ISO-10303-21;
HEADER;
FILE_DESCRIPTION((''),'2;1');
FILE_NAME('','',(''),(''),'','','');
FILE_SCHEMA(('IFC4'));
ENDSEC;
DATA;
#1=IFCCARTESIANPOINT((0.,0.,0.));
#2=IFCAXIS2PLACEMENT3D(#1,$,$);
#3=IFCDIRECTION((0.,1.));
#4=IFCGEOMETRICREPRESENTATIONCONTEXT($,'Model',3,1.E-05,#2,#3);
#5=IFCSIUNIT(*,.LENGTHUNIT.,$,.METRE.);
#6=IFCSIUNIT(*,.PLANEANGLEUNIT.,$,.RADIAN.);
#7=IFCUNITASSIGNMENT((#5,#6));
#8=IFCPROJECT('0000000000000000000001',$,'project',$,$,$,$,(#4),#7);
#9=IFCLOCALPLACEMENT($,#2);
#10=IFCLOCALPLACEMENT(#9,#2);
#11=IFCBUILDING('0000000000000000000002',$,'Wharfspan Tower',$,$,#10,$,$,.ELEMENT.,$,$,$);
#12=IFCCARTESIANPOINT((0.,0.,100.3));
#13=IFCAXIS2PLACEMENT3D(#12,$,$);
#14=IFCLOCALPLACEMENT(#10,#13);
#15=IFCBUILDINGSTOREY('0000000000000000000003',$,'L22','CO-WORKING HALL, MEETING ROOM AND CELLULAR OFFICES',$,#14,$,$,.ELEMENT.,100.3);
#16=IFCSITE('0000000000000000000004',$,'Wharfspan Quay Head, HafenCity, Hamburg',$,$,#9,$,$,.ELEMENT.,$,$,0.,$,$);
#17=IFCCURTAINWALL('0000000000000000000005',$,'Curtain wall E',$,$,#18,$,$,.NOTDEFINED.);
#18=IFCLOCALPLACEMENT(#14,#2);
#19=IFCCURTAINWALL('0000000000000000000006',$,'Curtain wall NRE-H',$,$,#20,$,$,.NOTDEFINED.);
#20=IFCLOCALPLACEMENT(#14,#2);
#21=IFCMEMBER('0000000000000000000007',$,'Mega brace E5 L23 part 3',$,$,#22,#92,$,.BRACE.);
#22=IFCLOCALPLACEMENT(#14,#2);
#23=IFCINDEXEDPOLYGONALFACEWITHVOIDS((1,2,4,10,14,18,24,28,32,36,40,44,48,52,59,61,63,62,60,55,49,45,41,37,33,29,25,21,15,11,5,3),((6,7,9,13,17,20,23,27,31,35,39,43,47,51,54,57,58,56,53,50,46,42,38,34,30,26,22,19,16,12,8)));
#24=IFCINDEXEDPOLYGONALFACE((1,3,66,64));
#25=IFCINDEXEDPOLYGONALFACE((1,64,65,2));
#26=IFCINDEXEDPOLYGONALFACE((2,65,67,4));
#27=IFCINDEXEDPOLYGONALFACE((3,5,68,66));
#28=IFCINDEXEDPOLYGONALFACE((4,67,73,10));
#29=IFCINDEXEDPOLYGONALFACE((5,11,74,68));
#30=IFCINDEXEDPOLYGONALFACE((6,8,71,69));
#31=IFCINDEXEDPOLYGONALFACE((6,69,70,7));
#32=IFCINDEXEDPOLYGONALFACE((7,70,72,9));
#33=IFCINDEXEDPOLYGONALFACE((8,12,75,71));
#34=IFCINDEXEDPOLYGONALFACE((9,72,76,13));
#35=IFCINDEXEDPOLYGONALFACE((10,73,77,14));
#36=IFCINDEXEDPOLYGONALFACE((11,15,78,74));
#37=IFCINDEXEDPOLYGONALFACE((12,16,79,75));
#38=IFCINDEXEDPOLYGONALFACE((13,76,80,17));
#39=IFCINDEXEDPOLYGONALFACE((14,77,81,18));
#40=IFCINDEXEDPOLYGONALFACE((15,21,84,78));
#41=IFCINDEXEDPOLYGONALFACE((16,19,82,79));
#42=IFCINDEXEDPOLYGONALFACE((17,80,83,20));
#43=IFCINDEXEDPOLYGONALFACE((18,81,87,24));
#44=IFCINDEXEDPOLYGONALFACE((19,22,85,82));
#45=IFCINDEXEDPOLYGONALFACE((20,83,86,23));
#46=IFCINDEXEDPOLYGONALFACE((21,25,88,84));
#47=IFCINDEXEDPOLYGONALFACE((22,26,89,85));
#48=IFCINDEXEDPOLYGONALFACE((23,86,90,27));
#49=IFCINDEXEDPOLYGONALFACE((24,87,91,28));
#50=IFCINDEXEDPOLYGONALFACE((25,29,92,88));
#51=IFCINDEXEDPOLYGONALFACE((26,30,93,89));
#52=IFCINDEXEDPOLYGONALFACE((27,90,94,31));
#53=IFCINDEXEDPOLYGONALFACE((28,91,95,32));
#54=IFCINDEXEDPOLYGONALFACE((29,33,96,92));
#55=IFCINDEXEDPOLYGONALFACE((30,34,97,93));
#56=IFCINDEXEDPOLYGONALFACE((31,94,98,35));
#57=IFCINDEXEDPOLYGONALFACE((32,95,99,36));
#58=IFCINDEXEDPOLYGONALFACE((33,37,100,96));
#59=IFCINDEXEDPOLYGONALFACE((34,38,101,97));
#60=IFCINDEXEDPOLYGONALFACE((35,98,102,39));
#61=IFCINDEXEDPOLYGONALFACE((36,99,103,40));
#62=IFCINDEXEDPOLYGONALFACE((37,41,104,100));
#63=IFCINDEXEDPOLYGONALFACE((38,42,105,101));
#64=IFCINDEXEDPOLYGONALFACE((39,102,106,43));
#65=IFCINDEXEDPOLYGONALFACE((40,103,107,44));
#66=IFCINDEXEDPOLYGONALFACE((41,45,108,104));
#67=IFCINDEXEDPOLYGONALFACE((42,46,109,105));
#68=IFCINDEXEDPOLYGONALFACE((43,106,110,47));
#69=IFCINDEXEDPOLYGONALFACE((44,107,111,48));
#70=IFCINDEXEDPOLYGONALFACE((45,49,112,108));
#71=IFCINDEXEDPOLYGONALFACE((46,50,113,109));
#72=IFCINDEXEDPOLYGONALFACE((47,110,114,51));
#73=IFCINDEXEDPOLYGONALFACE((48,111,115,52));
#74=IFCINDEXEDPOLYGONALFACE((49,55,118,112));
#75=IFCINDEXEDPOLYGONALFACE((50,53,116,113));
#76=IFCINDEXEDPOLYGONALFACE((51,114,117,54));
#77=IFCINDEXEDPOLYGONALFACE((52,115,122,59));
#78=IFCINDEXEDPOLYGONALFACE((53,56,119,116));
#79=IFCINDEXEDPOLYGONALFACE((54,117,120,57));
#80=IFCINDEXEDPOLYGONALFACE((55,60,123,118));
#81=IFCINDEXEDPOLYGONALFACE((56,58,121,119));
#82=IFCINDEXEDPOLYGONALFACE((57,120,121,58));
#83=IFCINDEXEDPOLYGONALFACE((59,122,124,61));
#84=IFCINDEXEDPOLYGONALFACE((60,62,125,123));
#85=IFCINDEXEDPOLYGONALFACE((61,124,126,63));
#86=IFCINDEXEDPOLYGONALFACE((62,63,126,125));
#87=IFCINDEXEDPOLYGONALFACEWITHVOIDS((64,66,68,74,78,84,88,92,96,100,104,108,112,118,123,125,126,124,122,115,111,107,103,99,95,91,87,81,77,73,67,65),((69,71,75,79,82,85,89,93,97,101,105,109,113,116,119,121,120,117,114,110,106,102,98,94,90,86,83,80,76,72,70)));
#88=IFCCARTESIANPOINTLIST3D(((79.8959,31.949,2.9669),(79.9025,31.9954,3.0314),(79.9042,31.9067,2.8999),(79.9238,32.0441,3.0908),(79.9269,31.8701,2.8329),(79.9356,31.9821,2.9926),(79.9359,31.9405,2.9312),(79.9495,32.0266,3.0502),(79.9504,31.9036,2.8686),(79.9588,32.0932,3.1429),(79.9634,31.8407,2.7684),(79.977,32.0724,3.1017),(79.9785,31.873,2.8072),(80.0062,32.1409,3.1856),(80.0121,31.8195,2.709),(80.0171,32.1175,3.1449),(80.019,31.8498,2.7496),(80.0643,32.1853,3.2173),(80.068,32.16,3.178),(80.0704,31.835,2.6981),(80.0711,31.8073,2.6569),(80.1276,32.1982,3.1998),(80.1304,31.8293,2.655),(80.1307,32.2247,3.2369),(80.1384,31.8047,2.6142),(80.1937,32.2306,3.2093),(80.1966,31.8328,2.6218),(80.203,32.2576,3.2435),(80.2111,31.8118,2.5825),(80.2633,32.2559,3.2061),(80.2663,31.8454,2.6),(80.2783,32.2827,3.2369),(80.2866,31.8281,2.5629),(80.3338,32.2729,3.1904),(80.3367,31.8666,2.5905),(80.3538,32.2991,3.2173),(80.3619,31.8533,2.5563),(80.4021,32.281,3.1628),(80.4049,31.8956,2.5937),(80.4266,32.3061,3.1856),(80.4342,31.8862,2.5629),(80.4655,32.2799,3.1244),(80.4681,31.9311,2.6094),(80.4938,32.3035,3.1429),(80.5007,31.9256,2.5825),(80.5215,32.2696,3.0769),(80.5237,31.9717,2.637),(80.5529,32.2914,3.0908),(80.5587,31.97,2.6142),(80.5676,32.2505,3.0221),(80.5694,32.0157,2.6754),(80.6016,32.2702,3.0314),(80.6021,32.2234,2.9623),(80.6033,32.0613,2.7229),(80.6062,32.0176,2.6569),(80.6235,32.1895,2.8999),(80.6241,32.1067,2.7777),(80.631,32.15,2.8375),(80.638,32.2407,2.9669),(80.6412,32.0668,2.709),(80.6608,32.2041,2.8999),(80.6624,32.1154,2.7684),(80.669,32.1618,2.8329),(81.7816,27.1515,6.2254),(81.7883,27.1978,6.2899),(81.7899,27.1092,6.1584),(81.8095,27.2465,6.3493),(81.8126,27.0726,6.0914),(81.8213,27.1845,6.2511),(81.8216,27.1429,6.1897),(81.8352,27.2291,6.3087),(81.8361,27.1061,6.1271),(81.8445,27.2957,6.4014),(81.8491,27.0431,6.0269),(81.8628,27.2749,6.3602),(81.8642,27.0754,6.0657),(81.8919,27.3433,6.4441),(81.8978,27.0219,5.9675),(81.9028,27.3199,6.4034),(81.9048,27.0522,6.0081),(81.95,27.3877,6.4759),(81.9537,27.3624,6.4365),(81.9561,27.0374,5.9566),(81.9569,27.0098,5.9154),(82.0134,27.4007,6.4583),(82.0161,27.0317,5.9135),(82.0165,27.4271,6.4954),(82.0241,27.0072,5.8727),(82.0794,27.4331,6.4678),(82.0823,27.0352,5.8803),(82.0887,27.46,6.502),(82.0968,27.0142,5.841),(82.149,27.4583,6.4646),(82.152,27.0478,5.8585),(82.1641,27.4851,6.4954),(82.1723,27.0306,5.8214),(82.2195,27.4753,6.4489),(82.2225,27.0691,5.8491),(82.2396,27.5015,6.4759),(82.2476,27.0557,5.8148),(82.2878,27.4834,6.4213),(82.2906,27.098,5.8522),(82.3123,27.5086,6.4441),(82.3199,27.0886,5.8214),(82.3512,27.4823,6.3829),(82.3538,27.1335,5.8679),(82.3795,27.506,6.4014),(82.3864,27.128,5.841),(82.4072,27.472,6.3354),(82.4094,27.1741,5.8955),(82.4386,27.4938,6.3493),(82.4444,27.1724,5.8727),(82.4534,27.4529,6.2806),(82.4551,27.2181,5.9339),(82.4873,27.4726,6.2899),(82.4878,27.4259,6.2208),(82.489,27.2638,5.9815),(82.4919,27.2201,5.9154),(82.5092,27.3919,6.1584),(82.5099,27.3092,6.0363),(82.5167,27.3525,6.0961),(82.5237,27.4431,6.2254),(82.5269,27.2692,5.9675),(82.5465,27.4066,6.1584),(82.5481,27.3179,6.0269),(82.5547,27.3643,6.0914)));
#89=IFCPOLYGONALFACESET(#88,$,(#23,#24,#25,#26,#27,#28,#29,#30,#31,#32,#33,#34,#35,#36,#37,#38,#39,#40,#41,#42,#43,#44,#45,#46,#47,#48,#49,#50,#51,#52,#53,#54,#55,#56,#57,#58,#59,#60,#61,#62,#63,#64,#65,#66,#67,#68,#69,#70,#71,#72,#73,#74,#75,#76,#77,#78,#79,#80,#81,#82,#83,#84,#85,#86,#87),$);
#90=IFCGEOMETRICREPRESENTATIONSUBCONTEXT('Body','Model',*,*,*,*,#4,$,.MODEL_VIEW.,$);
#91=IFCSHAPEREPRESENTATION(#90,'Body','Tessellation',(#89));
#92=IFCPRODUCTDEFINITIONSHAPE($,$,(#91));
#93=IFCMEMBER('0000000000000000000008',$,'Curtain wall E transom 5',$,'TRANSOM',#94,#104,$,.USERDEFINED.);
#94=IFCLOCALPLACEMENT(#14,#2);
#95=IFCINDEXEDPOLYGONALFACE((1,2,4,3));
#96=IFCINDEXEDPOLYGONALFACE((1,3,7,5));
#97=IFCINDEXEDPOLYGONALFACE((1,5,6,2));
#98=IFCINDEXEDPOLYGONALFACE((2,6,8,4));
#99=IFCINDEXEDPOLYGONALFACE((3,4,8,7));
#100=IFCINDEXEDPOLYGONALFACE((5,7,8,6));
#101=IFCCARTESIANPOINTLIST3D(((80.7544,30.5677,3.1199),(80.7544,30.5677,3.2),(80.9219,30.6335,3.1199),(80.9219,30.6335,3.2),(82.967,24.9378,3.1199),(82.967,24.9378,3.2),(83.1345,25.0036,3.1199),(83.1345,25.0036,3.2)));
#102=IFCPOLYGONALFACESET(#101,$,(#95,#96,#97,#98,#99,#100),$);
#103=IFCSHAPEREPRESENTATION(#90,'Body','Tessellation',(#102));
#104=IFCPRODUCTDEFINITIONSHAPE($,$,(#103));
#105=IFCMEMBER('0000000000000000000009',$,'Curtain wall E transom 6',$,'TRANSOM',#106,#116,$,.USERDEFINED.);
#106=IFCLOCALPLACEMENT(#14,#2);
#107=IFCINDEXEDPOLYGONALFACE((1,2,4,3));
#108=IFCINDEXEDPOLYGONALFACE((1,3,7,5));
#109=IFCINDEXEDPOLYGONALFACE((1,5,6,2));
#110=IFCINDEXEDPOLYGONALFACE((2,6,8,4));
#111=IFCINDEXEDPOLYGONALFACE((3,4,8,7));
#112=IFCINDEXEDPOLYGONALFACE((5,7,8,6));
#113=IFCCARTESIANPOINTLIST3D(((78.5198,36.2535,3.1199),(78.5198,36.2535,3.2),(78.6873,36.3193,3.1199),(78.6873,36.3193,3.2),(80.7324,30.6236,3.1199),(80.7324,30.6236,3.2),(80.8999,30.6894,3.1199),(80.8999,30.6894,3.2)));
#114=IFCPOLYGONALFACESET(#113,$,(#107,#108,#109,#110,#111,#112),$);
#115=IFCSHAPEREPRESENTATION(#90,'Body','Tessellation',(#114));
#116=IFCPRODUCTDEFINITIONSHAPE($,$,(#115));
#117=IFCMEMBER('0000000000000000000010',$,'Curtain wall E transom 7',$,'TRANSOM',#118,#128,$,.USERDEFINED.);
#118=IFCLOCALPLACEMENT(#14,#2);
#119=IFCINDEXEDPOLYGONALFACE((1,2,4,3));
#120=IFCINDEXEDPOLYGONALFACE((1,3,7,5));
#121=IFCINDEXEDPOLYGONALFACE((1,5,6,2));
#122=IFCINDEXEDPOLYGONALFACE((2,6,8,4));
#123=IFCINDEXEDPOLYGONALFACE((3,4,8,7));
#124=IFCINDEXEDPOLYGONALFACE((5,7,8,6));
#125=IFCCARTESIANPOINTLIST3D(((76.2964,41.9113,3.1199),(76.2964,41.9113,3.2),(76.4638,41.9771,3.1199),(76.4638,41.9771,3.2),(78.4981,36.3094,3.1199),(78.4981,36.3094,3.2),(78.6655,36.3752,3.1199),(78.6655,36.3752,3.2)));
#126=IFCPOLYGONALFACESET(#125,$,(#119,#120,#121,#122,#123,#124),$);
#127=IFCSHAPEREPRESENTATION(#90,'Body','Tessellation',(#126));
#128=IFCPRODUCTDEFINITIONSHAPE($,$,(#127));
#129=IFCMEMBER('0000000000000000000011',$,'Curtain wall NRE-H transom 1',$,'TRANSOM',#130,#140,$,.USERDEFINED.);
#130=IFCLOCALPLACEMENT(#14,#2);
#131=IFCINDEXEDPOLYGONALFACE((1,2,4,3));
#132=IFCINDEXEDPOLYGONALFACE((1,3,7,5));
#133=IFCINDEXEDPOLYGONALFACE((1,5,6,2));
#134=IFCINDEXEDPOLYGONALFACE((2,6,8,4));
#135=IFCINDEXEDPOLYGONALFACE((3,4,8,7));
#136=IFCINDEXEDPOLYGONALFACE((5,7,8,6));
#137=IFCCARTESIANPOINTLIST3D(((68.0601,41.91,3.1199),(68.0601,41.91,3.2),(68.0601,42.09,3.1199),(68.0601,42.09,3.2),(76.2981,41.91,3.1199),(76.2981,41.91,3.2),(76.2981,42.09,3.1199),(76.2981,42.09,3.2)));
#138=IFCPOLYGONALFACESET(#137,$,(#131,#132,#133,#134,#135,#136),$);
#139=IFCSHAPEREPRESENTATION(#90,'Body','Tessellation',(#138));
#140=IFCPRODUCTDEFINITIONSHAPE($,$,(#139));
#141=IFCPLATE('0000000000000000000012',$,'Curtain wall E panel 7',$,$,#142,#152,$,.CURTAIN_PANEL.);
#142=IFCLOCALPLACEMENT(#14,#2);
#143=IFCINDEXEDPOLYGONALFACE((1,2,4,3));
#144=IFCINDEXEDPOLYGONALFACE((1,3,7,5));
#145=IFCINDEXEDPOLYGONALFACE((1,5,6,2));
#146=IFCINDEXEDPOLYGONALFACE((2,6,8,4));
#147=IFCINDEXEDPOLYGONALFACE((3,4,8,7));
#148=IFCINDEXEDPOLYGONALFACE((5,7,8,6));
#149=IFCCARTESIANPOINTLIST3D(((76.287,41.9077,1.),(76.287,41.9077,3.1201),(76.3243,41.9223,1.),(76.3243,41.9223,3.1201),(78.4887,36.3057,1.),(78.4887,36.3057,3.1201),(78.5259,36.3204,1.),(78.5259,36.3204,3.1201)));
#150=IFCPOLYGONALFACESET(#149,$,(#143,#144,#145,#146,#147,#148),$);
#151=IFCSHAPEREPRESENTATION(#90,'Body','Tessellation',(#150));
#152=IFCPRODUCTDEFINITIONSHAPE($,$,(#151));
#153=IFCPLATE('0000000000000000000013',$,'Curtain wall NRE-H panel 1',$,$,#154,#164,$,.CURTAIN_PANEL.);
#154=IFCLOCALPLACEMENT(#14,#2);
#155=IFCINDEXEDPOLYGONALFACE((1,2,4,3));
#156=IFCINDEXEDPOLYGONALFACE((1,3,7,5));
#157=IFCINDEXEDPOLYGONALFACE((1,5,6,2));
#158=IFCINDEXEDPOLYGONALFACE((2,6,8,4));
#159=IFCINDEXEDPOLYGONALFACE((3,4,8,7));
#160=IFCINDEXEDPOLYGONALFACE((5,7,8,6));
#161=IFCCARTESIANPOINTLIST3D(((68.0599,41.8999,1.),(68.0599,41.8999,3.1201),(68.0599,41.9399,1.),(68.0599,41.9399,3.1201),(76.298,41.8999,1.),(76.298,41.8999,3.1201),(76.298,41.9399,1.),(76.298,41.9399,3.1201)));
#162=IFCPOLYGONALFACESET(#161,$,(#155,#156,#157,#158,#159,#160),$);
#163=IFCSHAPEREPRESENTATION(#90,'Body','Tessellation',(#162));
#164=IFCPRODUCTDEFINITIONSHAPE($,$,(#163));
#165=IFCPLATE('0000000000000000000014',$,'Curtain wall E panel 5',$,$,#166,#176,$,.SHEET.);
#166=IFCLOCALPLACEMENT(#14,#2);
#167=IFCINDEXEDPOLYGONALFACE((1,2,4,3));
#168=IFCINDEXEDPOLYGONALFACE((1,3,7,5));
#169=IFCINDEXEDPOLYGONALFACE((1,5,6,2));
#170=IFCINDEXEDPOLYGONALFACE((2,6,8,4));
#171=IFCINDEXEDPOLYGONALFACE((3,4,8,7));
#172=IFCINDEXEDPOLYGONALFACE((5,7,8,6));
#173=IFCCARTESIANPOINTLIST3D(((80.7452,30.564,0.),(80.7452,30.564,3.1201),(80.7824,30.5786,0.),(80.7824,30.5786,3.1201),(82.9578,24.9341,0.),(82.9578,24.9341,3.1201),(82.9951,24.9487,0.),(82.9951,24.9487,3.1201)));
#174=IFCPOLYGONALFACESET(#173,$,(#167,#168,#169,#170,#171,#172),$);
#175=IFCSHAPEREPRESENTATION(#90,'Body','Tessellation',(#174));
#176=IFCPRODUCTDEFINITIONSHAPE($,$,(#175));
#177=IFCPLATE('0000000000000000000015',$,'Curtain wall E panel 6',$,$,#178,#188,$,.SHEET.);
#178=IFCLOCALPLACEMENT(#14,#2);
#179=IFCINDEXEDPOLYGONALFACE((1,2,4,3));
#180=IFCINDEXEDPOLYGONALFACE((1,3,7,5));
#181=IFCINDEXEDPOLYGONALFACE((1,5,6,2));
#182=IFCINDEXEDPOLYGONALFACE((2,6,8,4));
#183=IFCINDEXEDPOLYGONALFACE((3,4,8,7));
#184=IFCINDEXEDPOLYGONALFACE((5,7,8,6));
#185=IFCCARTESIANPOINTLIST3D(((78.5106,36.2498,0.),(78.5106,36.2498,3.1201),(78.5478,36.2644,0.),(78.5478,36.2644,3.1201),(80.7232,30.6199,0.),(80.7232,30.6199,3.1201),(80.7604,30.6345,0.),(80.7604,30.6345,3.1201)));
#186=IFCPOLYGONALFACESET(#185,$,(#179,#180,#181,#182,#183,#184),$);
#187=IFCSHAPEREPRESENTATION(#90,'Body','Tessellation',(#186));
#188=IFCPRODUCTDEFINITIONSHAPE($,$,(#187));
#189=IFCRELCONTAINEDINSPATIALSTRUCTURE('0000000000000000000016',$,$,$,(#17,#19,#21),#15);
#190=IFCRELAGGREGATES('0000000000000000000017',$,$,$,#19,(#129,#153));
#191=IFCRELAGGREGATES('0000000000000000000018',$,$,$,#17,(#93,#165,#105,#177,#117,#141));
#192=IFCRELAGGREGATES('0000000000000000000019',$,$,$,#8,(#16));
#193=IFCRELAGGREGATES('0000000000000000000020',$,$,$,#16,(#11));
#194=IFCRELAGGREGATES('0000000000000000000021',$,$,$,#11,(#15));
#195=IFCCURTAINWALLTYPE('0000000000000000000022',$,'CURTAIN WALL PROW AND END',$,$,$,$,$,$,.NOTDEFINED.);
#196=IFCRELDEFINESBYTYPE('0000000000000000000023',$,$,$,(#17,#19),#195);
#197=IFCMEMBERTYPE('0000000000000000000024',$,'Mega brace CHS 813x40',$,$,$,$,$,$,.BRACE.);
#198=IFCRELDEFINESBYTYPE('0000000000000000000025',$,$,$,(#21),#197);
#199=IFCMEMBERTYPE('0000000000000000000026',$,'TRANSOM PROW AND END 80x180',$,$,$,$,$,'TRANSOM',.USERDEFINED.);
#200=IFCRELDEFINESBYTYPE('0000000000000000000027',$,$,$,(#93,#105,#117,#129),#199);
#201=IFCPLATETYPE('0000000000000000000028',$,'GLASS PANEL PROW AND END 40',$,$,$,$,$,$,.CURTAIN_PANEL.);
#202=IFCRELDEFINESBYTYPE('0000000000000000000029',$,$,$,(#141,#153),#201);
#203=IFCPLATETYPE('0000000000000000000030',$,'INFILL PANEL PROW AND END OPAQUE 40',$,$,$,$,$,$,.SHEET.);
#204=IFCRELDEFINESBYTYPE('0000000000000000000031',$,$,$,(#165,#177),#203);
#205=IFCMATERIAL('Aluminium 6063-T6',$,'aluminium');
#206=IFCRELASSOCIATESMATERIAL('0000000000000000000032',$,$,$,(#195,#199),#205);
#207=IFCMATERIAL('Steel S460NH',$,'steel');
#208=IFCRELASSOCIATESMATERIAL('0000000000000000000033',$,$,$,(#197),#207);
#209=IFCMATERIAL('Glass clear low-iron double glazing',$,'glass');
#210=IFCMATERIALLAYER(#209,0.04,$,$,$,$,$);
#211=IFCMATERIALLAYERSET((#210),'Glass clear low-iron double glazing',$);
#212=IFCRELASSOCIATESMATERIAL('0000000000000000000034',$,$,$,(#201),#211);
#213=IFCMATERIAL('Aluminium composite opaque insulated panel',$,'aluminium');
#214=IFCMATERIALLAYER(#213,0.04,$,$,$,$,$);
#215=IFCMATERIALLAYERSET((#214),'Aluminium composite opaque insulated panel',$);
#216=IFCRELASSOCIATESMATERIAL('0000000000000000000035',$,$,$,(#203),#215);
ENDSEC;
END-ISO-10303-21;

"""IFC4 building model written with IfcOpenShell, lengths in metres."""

from ifc_helpers import new_model, si_unit, direction, frame, origin, origin_2d, place, context, subcontext, project, spatial, rectangle, hollow_circle, extrude, material, layer, layer_set, material_profile, profile_set, type_object, element, aggregate, save


model = new_model("IFC4")

# Units and contexts
model_context = context("Model", 3, precision=1e-05, world=origin(), true_north=direction((0.0, 1.0)))
body_context = subcontext(model_context, "Body", "Model", "MODEL_VIEW")
ifc_project = project(units=[si_unit("LENGTHUNIT", "METRE"), si_unit("PLANEANGLEUNIT", "RADIAN")], contexts=[model_context])

# Site, building, storey
site_placement = place(None, origin())
site = spatial("IfcSite", under=ifc_project, at=site_placement, Name="Wharfspan Quay Head, HafenCity, Hamburg", CompositionType="ELEMENT", RefElevation=0.0)
building_placement = place(site_placement, origin())
building = spatial("IfcBuilding", under=site, at=building_placement, Name="Wharfspan Tower", CompositionType="ELEMENT")
storey_placement = place(building_placement, frame((0.0, 0.0, 100.3)))
storey = spatial("IfcBuildingStorey", under=building, at=storey_placement, Name="L22", Description="CO-WORKING HALL, MEETING ROOM AND CELLULAR OFFICES", CompositionType="ELEMENT", Elevation=100.3)

# Curtain wall
ifc_material_1 = material(Name="Aluminium 6063-T6", Category="aluminium")
curtain_wall_type = type_object("IfcCurtainWallType", Name="CURTAIN WALL PROW AND END", PredefinedType="NOTDEFINED", material=ifc_material_1)
curtain_wall_1_placement = place(storey_placement, origin())
curtain_wall_1 = element("IfcCurtainWall", 1, at=curtain_wall_1_placement, inside=storey, type_object=curtain_wall_type, Name="Curtain wall E", PredefinedType="NOTDEFINED")

# Curtain wall
curtain_wall_2_placement = place(storey_placement, origin())
curtain_wall_2 = element("IfcCurtainWall", 2, at=curtain_wall_2_placement, inside=storey, type_object=curtain_wall_type, Name="Curtain wall NRE-H", PredefinedType="NOTDEFINED")

# Members
ifc_material_2 = material(Name="Steel S460NH", Category="steel")
ifc_material_profile_1 = material_profile(ifc_material_2, hollow_circle(Radius=0.4065, WallThickness=0.04, at=origin_2d()))
ifc_profile_set_1 = profile_set([ifc_material_profile_1], Name="Steel S460NH")
member_type_1 = type_object("IfcMemberType", Name="Mega brace CHS 813x40", PredefinedType="BRACE", material=ifc_profile_set_1)
member_1_placement = place(storey_placement, frame((80.2825, 32.0554, 2.8999), z_axis=(0.309216, -0.786692, 0.534323), x_axis=(0.93069, 0.365817, 0.000002)))
element("IfcMember", 3, at=member_1_placement, inside=storey, type_object=member_type_1, Name="Mega brace E5 L23 part 3", PredefinedType="BRACE", context=body_context, shape_type="SweptSolid", body=[
    extrude(hollow_circle(Radius=0.4065, WallThickness=0.04, at=origin_2d()), origin(), (0.0, 0.0, 1.0), 6.0984),
])
ifc_material_profile_2 = material_profile(ifc_material_1, rectangle(XDim=0.1799, YDim=0.0801, at=origin_2d()))
ifc_profile_set_2 = profile_set([ifc_material_profile_2], Name="Aluminium 6063-T6")
member_type_2 = type_object("IfcMemberType", Name="TRANSOM PROW AND END 80x180", ElementType="TRANSOM", PredefinedType="USERDEFINED", material=ifc_profile_set_2)
member_2_placement = place(storey_placement, frame((83.0508, 24.9707, 3.1599), z_axis=(-0.365782, 0.9307, 0.0), x_axis=(-0.9307, -0.365782, 0.0)))
member_2 = element("IfcMember", 4, at=member_2_placement, type_object=member_type_2, Name="Curtain wall E transom 5", ObjectType="TRANSOM", PredefinedType="USERDEFINED", context=body_context, shape_type="SweptSolid", body=[
    extrude(rectangle(XDim=0.1799, YDim=0.0801, at=origin_2d()), origin(), (0.0, 0.0, 1.0), 6.0491),
])
member_3_placement = place(storey_placement, frame((80.8162, 30.6565, 3.1599), z_axis=(-0.365782, 0.9307, 0.0), x_axis=(-0.9307, -0.365782, 0.0)))
member_3 = element("IfcMember", 5, at=member_3_placement, type_object=member_type_2, Name="Curtain wall E transom 6", ObjectType="TRANSOM", PredefinedType="USERDEFINED", context=body_context, shape_type="SweptSolid", body=[
    extrude(rectangle(XDim=0.1799, YDim=0.0801, at=origin_2d()), origin(), (0.0, 0.0, 1.0), 6.0491),
])
member_4_placement = place(storey_placement, frame((78.5818, 36.3423, 3.1599), z_axis=(-0.365789, 0.930698, 0.0), x_axis=(-0.930698, -0.365789, 0.0)))
member_4 = element("IfcMember", 6, at=member_4_placement, type_object=member_type_2, Name="Curtain wall E transom 7", ObjectType="TRANSOM", PredefinedType="USERDEFINED", context=body_context, shape_type="SweptSolid", body=[
    extrude(rectangle(XDim=0.1799, YDim=0.0801, at=origin_2d()), origin(), (0.0, 0.0, 1.0), 6.019),
])
member_5_placement = place(storey_placement, frame((76.2981, 42.0, 3.1599), z_axis=(-1.0, 0.0, 0.0), x_axis=(0.0, -1.0, 0.0)))
member_5 = element("IfcMember", 7, at=member_5_placement, type_object=member_type_2, Name="Curtain wall NRE-H transom 1", ObjectType="TRANSOM", PredefinedType="USERDEFINED", context=body_context, shape_type="SweptSolid", body=[
    extrude(rectangle(XDim=0.1799, YDim=0.0801, at=origin_2d()), origin(), (0.0, 0.0, 1.0), 8.238),
])

# Plates
ifc_material_3 = material(Name="Glass clear low-iron double glazing", Category="glass")
ifc_layer_1 = layer(ifc_material_3, 0.04)
ifc_layer_set_1 = layer_set([ifc_layer_1], Name="Glass clear low-iron double glazing")
plate_type_1 = type_object("IfcPlateType", Name="GLASS PANEL PROW AND END 40", PredefinedType="CURTAIN_PANEL", material=ifc_layer_set_1)
plate_1_placement = place(storey_placement, frame((77.4065, 39.114, 1.0), z_axis=(0.0, 0.0, 1.0), x_axis=(-0.365778, 0.930702, 0.0)))
plate_1 = element("IfcPlate", 8, at=plate_1_placement, type_object=plate_type_1, Name="Curtain wall E panel 7", PredefinedType="CURTAIN_PANEL", context=body_context, shape_type="SweptSolid", body=[
    extrude(rectangle(XDim=6.019, YDim=0.04, at=origin_2d()), origin(), (0.0, 0.0, 1.0), 2.1201),
])
plate_2_placement = place(storey_placement, frame((72.179, 41.9199, 1.0), z_axis=(0.0, 0.0, 1.0), x_axis=(-1.0, 0.0, 0.0)))
plate_2 = element("IfcPlate", 9, at=plate_2_placement, type_object=plate_type_1, Name="Curtain wall NRE-H panel 1", PredefinedType="CURTAIN_PANEL", context=body_context, shape_type="SweptSolid", body=[
    extrude(rectangle(XDim=8.238, YDim=0.04, at=origin_2d()), origin(), (0.0, 0.0, 1.0), 2.1201),
])
aggregate(curtain_wall_2, [member_5, plate_2])
ifc_material_4 = material(Name="Aluminium composite opaque insulated panel", Category="aluminium")
ifc_layer_2 = layer(ifc_material_4, 0.04)
ifc_layer_set_2 = layer_set([ifc_layer_2], Name="Aluminium composite opaque insulated panel")
plate_type_2 = type_object("IfcPlateType", Name="INFILL PANEL PROW AND END OPAQUE 40", PredefinedType="SHEET", material=ifc_layer_set_2)
plate_3_placement = place(storey_placement, frame((81.8701, 27.7563, 0.0), z_axis=(0.0, 0.0, 1.0), x_axis=(-0.365778, 0.930702, 0.0)))
plate_3 = element("IfcPlate", 10, at=plate_3_placement, type_object=plate_type_2, Name="Curtain wall E panel 5", PredefinedType="SHEET", context=body_context, shape_type="SweptSolid", body=[
    extrude(rectangle(XDim=6.0491, YDim=0.04, at=origin_2d()), origin(), (0.0, 0.0, 1.0), 3.1201),
])
plate_4_placement = place(storey_placement, frame((79.6355, 33.4421, 0.0), z_axis=(0.0, 0.0, 1.0), x_axis=(-0.365778, 0.930702, 0.0)))
plate_4 = element("IfcPlate", 11, at=plate_4_placement, type_object=plate_type_2, Name="Curtain wall E panel 6", PredefinedType="SHEET", context=body_context, shape_type="SweptSolid", body=[
    extrude(rectangle(XDim=6.0491, YDim=0.04, at=origin_2d()), origin(), (0.0, 0.0, 1.0), 3.1201),
])
aggregate(curtain_wall_1, [member_2, plate_3, member_3, plate_4, member_4, plate_1])

save(model, "model.ifc")
